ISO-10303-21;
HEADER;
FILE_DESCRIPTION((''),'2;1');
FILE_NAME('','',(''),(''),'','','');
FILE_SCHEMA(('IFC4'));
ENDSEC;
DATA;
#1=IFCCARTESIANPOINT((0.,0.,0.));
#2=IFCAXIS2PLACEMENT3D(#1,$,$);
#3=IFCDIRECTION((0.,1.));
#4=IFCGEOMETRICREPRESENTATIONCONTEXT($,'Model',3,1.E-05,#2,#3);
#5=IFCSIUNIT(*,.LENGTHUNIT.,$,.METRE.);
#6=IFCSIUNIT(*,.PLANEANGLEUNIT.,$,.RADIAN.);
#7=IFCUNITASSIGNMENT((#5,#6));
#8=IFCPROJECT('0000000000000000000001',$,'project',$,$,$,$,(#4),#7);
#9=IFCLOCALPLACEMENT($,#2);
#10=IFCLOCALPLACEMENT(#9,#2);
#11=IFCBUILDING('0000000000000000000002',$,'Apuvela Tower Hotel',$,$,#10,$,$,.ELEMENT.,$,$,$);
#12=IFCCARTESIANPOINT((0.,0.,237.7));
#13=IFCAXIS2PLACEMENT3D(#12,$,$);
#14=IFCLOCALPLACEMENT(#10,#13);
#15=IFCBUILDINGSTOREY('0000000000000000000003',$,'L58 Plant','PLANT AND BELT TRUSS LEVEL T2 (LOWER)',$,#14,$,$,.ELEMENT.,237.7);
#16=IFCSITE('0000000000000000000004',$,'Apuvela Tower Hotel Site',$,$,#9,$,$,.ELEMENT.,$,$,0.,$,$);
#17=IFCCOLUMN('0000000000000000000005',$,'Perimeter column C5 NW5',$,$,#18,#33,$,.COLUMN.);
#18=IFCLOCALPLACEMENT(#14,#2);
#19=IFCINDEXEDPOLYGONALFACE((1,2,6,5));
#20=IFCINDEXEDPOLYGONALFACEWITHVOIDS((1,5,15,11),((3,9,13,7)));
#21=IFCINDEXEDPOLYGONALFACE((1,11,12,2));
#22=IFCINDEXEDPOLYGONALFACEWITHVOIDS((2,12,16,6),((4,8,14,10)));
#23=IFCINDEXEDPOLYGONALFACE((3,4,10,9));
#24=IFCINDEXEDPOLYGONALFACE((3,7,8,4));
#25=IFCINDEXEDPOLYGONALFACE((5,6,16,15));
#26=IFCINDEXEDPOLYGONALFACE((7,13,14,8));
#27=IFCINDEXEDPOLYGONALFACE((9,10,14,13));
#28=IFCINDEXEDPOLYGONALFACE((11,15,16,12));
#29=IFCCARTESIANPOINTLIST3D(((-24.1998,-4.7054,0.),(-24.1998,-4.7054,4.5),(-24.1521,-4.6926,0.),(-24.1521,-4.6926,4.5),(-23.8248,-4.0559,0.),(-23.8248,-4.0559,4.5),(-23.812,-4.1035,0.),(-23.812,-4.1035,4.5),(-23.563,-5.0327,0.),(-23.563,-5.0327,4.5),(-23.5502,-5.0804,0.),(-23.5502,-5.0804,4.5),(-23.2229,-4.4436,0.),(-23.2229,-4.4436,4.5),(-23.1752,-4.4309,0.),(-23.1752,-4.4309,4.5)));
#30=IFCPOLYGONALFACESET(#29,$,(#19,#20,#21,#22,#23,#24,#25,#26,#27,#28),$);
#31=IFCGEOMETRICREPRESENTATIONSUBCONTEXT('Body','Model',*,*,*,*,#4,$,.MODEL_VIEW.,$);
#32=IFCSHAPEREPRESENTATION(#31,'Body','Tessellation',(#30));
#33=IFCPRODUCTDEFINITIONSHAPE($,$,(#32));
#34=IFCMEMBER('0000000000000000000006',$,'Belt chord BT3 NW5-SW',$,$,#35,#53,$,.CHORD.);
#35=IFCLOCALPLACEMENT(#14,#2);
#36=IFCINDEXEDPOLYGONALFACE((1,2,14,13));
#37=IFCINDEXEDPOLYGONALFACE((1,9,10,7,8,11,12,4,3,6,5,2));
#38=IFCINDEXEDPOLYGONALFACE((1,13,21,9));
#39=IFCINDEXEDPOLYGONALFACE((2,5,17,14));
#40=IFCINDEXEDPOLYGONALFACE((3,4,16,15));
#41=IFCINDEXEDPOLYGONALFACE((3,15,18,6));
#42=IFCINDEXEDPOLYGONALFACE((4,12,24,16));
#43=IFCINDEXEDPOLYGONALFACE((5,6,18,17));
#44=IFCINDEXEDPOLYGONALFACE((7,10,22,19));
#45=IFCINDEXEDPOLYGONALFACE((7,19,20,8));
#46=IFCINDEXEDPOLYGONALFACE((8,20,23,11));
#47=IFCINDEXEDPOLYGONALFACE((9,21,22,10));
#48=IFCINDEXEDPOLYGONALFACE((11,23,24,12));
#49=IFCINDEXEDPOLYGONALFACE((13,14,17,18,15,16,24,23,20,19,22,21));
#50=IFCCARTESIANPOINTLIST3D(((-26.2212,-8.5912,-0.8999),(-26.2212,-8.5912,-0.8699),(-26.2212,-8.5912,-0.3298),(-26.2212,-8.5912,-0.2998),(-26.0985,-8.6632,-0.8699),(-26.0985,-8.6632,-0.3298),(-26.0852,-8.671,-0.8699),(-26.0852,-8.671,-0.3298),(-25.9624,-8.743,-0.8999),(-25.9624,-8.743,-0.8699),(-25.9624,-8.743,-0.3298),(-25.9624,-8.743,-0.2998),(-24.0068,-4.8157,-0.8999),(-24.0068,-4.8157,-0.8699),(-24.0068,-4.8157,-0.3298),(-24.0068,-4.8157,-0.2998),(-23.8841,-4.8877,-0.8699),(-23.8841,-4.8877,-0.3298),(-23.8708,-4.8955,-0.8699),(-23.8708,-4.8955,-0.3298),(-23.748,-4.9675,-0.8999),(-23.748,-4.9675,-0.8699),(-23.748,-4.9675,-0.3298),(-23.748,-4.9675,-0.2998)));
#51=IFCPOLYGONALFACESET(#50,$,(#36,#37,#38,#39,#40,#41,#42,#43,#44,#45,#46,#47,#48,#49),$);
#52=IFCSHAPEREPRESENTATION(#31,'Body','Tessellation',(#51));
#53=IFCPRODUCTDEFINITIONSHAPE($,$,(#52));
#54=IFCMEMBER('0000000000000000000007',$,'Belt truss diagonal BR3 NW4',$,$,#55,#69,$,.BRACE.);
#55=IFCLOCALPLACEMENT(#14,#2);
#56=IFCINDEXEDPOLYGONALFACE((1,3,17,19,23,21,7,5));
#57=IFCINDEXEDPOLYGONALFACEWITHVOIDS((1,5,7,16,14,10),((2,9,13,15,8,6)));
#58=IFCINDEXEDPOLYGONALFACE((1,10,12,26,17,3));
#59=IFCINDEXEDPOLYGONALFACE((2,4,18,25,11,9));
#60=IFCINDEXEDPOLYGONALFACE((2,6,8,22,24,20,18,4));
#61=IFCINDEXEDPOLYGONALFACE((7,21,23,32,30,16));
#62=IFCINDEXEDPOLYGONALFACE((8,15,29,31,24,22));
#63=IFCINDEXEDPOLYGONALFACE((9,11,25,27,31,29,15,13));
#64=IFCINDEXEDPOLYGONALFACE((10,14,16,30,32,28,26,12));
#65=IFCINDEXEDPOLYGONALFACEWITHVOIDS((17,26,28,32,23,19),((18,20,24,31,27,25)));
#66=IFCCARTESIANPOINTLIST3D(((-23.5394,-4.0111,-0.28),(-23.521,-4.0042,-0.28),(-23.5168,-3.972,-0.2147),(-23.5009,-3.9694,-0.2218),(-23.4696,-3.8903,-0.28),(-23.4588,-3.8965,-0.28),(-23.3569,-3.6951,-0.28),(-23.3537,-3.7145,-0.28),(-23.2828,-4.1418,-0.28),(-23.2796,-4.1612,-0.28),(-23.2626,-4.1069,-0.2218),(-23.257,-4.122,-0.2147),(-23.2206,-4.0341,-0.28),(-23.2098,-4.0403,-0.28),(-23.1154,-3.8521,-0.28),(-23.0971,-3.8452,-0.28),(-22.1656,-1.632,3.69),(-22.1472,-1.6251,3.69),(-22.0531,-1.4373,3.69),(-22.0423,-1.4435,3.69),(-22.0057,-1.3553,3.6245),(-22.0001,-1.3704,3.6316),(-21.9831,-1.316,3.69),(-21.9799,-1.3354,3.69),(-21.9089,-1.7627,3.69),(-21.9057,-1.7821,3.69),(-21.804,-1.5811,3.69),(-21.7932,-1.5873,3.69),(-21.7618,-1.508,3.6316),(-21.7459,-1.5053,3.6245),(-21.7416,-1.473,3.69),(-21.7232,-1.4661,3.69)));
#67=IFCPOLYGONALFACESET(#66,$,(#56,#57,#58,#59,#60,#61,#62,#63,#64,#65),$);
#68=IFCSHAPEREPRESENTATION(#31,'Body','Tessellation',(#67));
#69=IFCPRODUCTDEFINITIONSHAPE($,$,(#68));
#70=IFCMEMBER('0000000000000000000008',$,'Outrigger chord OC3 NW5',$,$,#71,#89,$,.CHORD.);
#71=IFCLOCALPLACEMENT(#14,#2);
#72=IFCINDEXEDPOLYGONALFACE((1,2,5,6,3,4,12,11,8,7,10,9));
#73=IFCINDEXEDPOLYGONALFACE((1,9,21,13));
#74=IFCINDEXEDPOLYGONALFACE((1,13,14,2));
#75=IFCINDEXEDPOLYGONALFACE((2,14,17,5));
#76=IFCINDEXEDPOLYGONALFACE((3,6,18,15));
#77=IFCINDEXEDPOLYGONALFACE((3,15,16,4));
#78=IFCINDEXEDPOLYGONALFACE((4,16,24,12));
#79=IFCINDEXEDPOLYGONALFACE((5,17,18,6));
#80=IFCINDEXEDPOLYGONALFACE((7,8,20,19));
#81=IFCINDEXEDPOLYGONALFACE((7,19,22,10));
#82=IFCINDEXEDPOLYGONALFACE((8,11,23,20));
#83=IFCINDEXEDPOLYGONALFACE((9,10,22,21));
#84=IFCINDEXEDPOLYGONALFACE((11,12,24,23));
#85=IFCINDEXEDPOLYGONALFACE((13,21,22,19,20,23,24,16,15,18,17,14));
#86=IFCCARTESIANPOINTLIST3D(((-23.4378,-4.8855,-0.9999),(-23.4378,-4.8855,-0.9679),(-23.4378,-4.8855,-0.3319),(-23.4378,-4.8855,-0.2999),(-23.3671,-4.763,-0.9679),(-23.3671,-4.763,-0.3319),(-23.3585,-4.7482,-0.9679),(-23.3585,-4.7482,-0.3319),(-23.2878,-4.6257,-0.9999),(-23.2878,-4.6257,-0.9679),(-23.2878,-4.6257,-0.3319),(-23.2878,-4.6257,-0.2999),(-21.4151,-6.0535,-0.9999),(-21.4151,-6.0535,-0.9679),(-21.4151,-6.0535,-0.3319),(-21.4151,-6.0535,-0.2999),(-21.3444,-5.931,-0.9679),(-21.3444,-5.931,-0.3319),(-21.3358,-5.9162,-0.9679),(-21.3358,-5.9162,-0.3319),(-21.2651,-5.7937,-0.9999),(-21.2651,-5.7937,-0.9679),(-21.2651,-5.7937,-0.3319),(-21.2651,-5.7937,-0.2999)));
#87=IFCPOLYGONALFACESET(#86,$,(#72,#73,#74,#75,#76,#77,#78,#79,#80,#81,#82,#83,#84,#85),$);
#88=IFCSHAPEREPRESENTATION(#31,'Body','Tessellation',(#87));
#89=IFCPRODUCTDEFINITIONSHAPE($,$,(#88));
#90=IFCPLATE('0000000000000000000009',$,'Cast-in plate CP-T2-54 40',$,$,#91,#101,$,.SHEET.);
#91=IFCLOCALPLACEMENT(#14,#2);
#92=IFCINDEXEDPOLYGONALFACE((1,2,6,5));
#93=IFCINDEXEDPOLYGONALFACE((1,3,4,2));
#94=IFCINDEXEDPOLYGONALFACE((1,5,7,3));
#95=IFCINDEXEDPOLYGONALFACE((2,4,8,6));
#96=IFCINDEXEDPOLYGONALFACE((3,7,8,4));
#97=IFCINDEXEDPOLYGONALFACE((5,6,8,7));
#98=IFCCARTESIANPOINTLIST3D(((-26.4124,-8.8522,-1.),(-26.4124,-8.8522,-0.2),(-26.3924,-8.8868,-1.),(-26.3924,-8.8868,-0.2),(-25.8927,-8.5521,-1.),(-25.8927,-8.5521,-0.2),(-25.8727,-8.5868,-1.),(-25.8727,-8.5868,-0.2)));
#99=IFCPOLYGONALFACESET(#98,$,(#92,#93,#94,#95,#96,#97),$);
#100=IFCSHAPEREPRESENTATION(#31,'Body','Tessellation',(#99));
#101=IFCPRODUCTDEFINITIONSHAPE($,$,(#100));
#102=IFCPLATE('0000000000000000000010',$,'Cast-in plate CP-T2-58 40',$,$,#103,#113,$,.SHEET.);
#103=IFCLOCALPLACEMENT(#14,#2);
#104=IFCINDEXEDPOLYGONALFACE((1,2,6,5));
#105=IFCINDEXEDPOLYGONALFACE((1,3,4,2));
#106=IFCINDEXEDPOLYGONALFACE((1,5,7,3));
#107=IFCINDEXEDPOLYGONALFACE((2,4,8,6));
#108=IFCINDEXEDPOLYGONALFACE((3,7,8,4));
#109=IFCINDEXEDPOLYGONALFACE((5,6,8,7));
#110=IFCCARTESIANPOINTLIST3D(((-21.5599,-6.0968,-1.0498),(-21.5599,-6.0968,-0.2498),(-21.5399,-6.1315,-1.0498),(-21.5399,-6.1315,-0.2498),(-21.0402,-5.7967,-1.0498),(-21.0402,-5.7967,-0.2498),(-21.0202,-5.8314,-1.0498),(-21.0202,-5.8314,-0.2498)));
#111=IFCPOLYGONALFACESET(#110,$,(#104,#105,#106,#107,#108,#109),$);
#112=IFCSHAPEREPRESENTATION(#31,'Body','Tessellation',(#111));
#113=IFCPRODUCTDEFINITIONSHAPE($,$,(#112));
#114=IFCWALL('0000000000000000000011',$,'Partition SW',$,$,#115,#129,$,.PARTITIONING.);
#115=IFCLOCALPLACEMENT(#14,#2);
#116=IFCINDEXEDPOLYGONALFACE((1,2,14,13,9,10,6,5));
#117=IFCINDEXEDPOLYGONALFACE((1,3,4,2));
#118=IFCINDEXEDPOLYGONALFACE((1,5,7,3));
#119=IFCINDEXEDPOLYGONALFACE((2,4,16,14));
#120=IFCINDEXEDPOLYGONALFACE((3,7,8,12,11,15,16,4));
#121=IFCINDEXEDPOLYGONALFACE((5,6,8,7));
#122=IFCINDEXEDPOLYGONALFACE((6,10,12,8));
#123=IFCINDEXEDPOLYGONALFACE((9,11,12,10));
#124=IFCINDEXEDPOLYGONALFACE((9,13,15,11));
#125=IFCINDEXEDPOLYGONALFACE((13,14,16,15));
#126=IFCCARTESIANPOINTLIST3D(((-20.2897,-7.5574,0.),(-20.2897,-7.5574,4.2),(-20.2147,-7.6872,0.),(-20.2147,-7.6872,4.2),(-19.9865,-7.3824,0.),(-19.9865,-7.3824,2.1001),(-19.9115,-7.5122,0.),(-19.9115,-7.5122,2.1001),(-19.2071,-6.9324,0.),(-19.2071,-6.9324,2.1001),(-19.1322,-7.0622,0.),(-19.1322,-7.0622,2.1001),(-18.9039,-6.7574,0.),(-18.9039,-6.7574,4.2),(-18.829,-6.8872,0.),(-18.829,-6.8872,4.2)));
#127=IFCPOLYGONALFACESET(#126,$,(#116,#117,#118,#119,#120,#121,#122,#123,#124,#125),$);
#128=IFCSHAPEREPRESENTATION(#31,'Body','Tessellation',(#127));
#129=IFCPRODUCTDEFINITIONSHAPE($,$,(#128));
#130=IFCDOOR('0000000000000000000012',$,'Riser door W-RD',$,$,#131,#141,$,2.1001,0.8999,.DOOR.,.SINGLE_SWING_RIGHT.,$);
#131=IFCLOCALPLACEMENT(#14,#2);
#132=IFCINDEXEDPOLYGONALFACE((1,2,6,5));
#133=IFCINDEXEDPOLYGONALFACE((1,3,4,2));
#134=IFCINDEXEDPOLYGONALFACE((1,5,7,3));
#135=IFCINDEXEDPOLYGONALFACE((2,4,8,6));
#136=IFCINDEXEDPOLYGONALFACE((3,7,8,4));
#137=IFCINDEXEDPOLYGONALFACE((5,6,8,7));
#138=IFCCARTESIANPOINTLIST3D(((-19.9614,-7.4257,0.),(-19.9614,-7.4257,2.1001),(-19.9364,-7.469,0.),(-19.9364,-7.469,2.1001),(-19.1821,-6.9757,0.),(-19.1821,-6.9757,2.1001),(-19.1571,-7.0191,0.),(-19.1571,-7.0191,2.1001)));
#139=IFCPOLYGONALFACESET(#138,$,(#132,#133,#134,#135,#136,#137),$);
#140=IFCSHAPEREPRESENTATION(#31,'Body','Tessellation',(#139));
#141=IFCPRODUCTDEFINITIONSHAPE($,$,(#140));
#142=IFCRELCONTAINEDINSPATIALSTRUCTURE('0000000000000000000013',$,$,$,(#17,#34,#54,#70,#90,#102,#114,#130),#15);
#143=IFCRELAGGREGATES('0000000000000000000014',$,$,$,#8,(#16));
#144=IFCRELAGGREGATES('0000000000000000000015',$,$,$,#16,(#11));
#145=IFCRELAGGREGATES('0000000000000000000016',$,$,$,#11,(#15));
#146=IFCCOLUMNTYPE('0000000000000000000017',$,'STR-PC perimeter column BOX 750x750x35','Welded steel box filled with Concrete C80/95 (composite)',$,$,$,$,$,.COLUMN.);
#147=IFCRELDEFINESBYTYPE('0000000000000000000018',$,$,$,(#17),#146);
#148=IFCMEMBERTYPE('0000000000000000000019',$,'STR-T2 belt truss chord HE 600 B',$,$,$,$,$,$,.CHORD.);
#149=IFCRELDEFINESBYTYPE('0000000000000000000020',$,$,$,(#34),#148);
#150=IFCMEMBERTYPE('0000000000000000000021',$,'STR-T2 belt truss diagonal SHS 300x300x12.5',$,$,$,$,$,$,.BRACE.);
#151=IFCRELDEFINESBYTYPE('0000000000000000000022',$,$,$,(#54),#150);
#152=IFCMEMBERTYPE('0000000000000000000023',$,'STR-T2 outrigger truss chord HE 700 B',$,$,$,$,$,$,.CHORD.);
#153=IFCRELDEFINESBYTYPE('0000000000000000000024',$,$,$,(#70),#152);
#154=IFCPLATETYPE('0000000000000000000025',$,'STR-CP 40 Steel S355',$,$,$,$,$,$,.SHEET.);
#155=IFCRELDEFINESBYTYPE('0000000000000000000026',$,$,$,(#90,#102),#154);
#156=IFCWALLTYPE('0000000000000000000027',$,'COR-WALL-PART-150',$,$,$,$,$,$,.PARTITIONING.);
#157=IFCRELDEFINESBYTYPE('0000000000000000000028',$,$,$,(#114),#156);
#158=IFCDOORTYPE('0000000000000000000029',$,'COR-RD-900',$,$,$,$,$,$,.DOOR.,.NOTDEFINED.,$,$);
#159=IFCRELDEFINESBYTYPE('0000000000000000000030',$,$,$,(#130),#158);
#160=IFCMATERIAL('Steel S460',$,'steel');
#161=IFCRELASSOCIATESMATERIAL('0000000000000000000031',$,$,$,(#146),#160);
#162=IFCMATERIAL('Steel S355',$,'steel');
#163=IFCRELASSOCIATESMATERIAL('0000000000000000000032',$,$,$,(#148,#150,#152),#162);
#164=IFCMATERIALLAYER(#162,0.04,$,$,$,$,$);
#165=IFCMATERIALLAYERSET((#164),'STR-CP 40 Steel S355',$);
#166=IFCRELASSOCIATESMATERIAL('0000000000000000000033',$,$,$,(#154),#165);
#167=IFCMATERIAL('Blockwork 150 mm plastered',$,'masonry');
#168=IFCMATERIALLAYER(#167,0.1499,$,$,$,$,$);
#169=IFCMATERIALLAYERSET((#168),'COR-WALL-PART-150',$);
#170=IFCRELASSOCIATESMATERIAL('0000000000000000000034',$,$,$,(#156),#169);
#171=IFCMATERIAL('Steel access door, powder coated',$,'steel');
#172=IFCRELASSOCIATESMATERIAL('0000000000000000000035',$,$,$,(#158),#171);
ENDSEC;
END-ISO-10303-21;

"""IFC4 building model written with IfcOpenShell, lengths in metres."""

from ifc_helpers import new_model, si_unit, direction, frame, frame_2d, origin, origin_2d, place, context, subcontext, project, spatial, rectangle, hollow_rectangle, i_section, extrude, boolean, halfspace, material, layer, layer_set, material_profile, profile_set, type_object, element, fill, save


model = new_model("IFC4")

# Units and contexts
model_context = context("Model", 3, precision=1e-05, world=origin(), true_north=direction((0.0, 1.0)))
body_context = subcontext(model_context, "Body", "Model", "MODEL_VIEW")
ifc_project = project(units=[si_unit("LENGTHUNIT", "METRE"), si_unit("PLANEANGLEUNIT", "RADIAN")], contexts=[model_context])

# Site, building, storey
site_placement = place(None, origin())
site = spatial("IfcSite", under=ifc_project, at=site_placement, Name="Apuvela Tower Hotel Site", CompositionType="ELEMENT", RefElevation=0.0)
building_placement = place(site_placement, origin())
building = spatial("IfcBuilding", under=site, at=building_placement, Name="Apuvela Tower Hotel", CompositionType="ELEMENT")
storey_placement = place(building_placement, frame((0.0, 0.0, 237.7)))
storey = spatial("IfcBuildingStorey", under=building, at=storey_placement, Name="L58 Plant", Description="PLANT AND BELT TRUSS LEVEL T2 (LOWER)", CompositionType="ELEMENT", Elevation=237.7)

# Column
ifc_material_1 = material(Name="Steel S460", Category="steel")
ifc_material_profile_1 = material_profile(ifc_material_1, hollow_rectangle(XDim=0.75, YDim=0.75, WallThickness=0.0349, at=origin_2d()), Name="BOX 750x750x35")
ifc_material_2 = material(Name="Concrete C80/95", Category="concrete")
ifc_material_profile_2 = material_profile(ifc_material_2, rectangle(XDim=0.6799, YDim=0.6799, at=origin_2d()), Name="Concrete C80/95 infill")
ifc_profile_set_1 = profile_set([ifc_material_profile_1, ifc_material_profile_2], Name="Steel S460")
column_type = type_object("IfcColumnType", Name="STR-PC perimeter column BOX 750x750x35", Description="Welded steel box filled with Concrete C80/95 (composite)", PredefinedType="COLUMN", material=ifc_profile_set_1)
column_placement = place(storey_placement, frame((-23.6875, -4.5681, 0.0), z_axis=(0.0, 0.0, 1.0), x_axis=(0.5, 0.866025, 0.0)))
element("IfcColumn", 1, at=column_placement, inside=storey, type_object=column_type, Name="Perimeter column C5 NW5", PredefinedType="COLUMN", context=body_context, shape_type="SweptSolid", body=[
    extrude(hollow_rectangle(XDim=0.75, YDim=0.75, WallThickness=0.0349, at=origin_2d()), origin(), (0.0, 0.0, 1.0), 4.5),
])

# Members
ifc_material_3 = material(Name="Steel S355", Category="steel")
ifc_material_profile_3 = material_profile(ifc_material_3, i_section(OverallWidth=0.3, OverallDepth=0.6001, WebThickness=0.0154, FlangeThickness=0.03, at=origin_2d()), Name="HE 600 B")
ifc_profile_set_2 = profile_set([ifc_material_profile_3], Name="Steel S355")
member_type_1 = type_object("IfcMemberType", Name="STR-T2 belt truss chord HE 600 B", PredefinedType="CHORD", material=ifc_profile_set_2)
member_1_placement = place(storey_placement, frame((-23.8774, -4.8916, -0.5999), z_axis=(-0.505923, -0.862579, 0.0), x_axis=(0.862579, -0.505923, 0.0)))
element("IfcMember", 2, at=member_1_placement, inside=storey, type_object=member_type_1, Name="Belt chord BT3 NW5-SW", PredefinedType="CHORD", context=body_context, shape_type="SweptSolid", body=[
    extrude(i_section(OverallWidth=0.3, OverallDepth=0.6001, WebThickness=0.0154, FlangeThickness=0.03, at=origin_2d()), origin(), (0.0, 0.0, 1.0), 4.377),
])
ifc_material_profile_4 = material_profile(ifc_material_3, hollow_rectangle(XDim=0.3, YDim=0.3, WallThickness=0.0125, at=origin_2d()), Name="SHS 300x300x12.5")
ifc_profile_set_3 = profile_set([ifc_material_profile_4], Name="Steel S355")
member_type_2 = type_object("IfcMemberType", Name="STR-T2 belt truss diagonal SHS 300x300x12.5", PredefinedType="BRACE", material=ifc_profile_set_3)
member_2_placement = place(storey_placement, frame((-23.3252, -3.9402, -0.3), z_axis=(0.284565, 0.492783, 0.822306), x_axis=(-0.411215, -0.712102, 0.569045)))
solid_1 = boolean("DIFFERENCE", boolean("DIFFERENCE", extrude(hollow_rectangle(XDim=0.3, YDim=0.3, WallThickness=0.0125, at=origin_2d()), frame((0.0, 0.0, -0.2239)), (0.0, 0.0, 1.0), 5.3242), halfspace(frame((0.0, 0.0, 0.0244), z_axis=(0.569045, 0.0, 0.822306), x_axis=(0.822306, 0.0, -0.569045)), True)), halfspace(frame((0.0, 0.0, 4.8523), z_axis=(0.569045, 0.0, 0.822306), x_axis=(0.822306, 0.0, -0.569045)), False))
element("IfcMember", 3, at=member_2_placement, inside=storey, type_object=member_type_2, Name="Belt truss diagonal BR3 NW4", PredefinedType="BRACE", context=body_context, shape_type="SweptSolid", body=[
    boolean("UNION", boolean("DIFFERENCE", boolean("DIFFERENCE", extrude(hollow_rectangle(XDim=0.3, YDim=0.3, WallThickness=0.0125, at=origin_2d()), origin(), (0.0, 0.0, 1.0), 4.8765), halfspace(frame((0.0, 0.0, 0.0244), z_axis=(0.569045, 0.0, 0.822306), x_axis=(0.822306, 0.0, -0.569045)), True)), halfspace(frame((0.0, 0.0, 4.8523), z_axis=(0.569045, 0.0, 0.822306), x_axis=(0.822306, 0.0, -0.569045)), False)), solid_1),
])
ifc_material_profile_5 = material_profile(ifc_material_3, i_section(OverallWidth=0.3, OverallDepth=0.7, WebThickness=0.0171, FlangeThickness=0.032, at=origin_2d()), Name="HE 700 B")
ifc_profile_set_4 = profile_set([ifc_material_profile_5], Name="Steel S355")
member_type_3 = type_object("IfcMemberType", Name="STR-T2 outrigger truss chord HE 700 B", PredefinedType="CHORD", material=ifc_profile_set_4)
member_3_placement = place(storey_placement, frame((-23.3628, -4.7556, -0.6499), z_axis=(0.865996, -0.500051, 0.0), x_axis=(0.500051, 0.865996, 0.0)))
element("IfcMember", 4, at=member_3_placement, inside=storey, type_object=member_type_3, Name="Outrigger chord OC3 NW5", PredefinedType="CHORD", context=body_context, shape_type="SweptSolid", body=[
    extrude(i_section(OverallWidth=0.3, OverallDepth=0.7, WebThickness=0.0171, FlangeThickness=0.032, at=origin_2d()), origin(), (0.0, 0.0, 1.0), 2.3357),
])

# Plates
ifc_layer_1 = layer(ifc_material_3, 0.04)
ifc_layer_set_1 = layer_set([ifc_layer_1], Name="STR-CP 40 Steel S355")
plate_type = type_object("IfcPlateType", Name="STR-CP 40 Steel S355", PredefinedType="SHEET", material=ifc_layer_set_1)
for number, where, z_axis, x_axis, name in (
    (5, (-26.1426, -8.7195, -1.0), (0.0, 0.0, 1.0), (-0.5, 0.866025, 0.0), "Cast-in plate CP-T2-54 40"),
    (6, (-21.29, -5.9641, -1.0498), (0.0, 0.0, 1.0), (0.5, -0.866025, 0.0), "Cast-in plate CP-T2-58 40"),
):
    element("IfcPlate", number, at=place(storey_placement, frame(where, z_axis=z_axis, x_axis=x_axis)), inside=storey, type_object=plate_type, Name=name, PredefinedType="SHEET", context=body_context, shape_type="SweptSolid", body=[
        extrude(rectangle(XDim=0.04, YDim=0.6001, at=origin_2d()), origin(), (0.0, 0.0, 1.0), 0.8),
    ])

# Wall, opening, door
ifc_material_4 = material(Name="Blockwork 150 mm plastered", Category="masonry")
ifc_layer_2 = layer(ifc_material_4, 0.1499)
ifc_layer_set_2 = layer_set([ifc_layer_2], Name="COR-WALL-PART-150")
wall_type_1 = type_object("IfcWallType", Name="COR-WALL-PART-150", PredefinedType="PARTITIONING", material=ifc_layer_set_2)
wall_1_placement = place(storey_placement, frame((-18.8665, -6.8223, 0.0), z_axis=(0.0, 0.0, 1.0), x_axis=(-0.866028, -0.499995, 0.0)))
wall_1 = element("IfcWall", 7, at=wall_1_placement, inside=storey, type_object=wall_type_1, Name="Partition SW", PredefinedType="PARTITIONING", context=body_context, shape_type="SweptSolid", body=[
    extrude(rectangle(XDim=1.6001, YDim=0.1499, at=frame_2d((0.8, 0.0))), origin(), (0.0, 0.0, 1.0), 4.2),
])
opening_1_placement = place(wall_1_placement, frame((0.3501, 0.0, 0.0)))
opening_1 = element("IfcOpeningElement", 8, at=opening_1_placement, cuts=wall_1, PredefinedType="OPENING", context=body_context, shape_type="SweptSolid", body=[
    extrude(rectangle(XDim=0.8999, YDim=2.1001, at=frame_2d((0.45, 1.05))), frame((0.0, 0.085, 0.0), z_axis=(0.0, -1.0, 0.0), x_axis=(1.0, 0.0, 0.0)), (0.0, 0.0, 1.0), 0.1699),
])
ifc_material_5 = material(Name="Steel access door, powder coated", Category="steel")
door_type_1 = type_object("IfcDoorType", Name="COR-RD-900", OperationType="NOTDEFINED", PredefinedType="DOOR", material=ifc_material_5)
door_1_placement = place(opening_1_placement, frame((0.8999, 0.0, 0.0), z_axis=(0.0, 0.0, 1.0), x_axis=(-1.0, 0.0, 0.0)))
door_1 = element("IfcDoor", 9, at=door_1_placement, inside=storey, type_object=door_type_1, Name="Riser door W-RD", OperationType="SINGLE_SWING_RIGHT", OverallHeight=2.1001, OverallWidth=0.8999, PredefinedType="DOOR", context=body_context, shape_type="SweptSolid", body=[
    extrude(rectangle(XDim=0.8999, YDim=2.1001, at=frame_2d((0.45, 1.05))), frame((0.0, 0.0249, 0.0), z_axis=(0.0, -1.0, 0.0), x_axis=(1.0, 0.0, 0.0)), (0.0, 0.0, 1.0), 0.05),
])
fill(opening_1, door_1)

save(model, "model.ifc")
